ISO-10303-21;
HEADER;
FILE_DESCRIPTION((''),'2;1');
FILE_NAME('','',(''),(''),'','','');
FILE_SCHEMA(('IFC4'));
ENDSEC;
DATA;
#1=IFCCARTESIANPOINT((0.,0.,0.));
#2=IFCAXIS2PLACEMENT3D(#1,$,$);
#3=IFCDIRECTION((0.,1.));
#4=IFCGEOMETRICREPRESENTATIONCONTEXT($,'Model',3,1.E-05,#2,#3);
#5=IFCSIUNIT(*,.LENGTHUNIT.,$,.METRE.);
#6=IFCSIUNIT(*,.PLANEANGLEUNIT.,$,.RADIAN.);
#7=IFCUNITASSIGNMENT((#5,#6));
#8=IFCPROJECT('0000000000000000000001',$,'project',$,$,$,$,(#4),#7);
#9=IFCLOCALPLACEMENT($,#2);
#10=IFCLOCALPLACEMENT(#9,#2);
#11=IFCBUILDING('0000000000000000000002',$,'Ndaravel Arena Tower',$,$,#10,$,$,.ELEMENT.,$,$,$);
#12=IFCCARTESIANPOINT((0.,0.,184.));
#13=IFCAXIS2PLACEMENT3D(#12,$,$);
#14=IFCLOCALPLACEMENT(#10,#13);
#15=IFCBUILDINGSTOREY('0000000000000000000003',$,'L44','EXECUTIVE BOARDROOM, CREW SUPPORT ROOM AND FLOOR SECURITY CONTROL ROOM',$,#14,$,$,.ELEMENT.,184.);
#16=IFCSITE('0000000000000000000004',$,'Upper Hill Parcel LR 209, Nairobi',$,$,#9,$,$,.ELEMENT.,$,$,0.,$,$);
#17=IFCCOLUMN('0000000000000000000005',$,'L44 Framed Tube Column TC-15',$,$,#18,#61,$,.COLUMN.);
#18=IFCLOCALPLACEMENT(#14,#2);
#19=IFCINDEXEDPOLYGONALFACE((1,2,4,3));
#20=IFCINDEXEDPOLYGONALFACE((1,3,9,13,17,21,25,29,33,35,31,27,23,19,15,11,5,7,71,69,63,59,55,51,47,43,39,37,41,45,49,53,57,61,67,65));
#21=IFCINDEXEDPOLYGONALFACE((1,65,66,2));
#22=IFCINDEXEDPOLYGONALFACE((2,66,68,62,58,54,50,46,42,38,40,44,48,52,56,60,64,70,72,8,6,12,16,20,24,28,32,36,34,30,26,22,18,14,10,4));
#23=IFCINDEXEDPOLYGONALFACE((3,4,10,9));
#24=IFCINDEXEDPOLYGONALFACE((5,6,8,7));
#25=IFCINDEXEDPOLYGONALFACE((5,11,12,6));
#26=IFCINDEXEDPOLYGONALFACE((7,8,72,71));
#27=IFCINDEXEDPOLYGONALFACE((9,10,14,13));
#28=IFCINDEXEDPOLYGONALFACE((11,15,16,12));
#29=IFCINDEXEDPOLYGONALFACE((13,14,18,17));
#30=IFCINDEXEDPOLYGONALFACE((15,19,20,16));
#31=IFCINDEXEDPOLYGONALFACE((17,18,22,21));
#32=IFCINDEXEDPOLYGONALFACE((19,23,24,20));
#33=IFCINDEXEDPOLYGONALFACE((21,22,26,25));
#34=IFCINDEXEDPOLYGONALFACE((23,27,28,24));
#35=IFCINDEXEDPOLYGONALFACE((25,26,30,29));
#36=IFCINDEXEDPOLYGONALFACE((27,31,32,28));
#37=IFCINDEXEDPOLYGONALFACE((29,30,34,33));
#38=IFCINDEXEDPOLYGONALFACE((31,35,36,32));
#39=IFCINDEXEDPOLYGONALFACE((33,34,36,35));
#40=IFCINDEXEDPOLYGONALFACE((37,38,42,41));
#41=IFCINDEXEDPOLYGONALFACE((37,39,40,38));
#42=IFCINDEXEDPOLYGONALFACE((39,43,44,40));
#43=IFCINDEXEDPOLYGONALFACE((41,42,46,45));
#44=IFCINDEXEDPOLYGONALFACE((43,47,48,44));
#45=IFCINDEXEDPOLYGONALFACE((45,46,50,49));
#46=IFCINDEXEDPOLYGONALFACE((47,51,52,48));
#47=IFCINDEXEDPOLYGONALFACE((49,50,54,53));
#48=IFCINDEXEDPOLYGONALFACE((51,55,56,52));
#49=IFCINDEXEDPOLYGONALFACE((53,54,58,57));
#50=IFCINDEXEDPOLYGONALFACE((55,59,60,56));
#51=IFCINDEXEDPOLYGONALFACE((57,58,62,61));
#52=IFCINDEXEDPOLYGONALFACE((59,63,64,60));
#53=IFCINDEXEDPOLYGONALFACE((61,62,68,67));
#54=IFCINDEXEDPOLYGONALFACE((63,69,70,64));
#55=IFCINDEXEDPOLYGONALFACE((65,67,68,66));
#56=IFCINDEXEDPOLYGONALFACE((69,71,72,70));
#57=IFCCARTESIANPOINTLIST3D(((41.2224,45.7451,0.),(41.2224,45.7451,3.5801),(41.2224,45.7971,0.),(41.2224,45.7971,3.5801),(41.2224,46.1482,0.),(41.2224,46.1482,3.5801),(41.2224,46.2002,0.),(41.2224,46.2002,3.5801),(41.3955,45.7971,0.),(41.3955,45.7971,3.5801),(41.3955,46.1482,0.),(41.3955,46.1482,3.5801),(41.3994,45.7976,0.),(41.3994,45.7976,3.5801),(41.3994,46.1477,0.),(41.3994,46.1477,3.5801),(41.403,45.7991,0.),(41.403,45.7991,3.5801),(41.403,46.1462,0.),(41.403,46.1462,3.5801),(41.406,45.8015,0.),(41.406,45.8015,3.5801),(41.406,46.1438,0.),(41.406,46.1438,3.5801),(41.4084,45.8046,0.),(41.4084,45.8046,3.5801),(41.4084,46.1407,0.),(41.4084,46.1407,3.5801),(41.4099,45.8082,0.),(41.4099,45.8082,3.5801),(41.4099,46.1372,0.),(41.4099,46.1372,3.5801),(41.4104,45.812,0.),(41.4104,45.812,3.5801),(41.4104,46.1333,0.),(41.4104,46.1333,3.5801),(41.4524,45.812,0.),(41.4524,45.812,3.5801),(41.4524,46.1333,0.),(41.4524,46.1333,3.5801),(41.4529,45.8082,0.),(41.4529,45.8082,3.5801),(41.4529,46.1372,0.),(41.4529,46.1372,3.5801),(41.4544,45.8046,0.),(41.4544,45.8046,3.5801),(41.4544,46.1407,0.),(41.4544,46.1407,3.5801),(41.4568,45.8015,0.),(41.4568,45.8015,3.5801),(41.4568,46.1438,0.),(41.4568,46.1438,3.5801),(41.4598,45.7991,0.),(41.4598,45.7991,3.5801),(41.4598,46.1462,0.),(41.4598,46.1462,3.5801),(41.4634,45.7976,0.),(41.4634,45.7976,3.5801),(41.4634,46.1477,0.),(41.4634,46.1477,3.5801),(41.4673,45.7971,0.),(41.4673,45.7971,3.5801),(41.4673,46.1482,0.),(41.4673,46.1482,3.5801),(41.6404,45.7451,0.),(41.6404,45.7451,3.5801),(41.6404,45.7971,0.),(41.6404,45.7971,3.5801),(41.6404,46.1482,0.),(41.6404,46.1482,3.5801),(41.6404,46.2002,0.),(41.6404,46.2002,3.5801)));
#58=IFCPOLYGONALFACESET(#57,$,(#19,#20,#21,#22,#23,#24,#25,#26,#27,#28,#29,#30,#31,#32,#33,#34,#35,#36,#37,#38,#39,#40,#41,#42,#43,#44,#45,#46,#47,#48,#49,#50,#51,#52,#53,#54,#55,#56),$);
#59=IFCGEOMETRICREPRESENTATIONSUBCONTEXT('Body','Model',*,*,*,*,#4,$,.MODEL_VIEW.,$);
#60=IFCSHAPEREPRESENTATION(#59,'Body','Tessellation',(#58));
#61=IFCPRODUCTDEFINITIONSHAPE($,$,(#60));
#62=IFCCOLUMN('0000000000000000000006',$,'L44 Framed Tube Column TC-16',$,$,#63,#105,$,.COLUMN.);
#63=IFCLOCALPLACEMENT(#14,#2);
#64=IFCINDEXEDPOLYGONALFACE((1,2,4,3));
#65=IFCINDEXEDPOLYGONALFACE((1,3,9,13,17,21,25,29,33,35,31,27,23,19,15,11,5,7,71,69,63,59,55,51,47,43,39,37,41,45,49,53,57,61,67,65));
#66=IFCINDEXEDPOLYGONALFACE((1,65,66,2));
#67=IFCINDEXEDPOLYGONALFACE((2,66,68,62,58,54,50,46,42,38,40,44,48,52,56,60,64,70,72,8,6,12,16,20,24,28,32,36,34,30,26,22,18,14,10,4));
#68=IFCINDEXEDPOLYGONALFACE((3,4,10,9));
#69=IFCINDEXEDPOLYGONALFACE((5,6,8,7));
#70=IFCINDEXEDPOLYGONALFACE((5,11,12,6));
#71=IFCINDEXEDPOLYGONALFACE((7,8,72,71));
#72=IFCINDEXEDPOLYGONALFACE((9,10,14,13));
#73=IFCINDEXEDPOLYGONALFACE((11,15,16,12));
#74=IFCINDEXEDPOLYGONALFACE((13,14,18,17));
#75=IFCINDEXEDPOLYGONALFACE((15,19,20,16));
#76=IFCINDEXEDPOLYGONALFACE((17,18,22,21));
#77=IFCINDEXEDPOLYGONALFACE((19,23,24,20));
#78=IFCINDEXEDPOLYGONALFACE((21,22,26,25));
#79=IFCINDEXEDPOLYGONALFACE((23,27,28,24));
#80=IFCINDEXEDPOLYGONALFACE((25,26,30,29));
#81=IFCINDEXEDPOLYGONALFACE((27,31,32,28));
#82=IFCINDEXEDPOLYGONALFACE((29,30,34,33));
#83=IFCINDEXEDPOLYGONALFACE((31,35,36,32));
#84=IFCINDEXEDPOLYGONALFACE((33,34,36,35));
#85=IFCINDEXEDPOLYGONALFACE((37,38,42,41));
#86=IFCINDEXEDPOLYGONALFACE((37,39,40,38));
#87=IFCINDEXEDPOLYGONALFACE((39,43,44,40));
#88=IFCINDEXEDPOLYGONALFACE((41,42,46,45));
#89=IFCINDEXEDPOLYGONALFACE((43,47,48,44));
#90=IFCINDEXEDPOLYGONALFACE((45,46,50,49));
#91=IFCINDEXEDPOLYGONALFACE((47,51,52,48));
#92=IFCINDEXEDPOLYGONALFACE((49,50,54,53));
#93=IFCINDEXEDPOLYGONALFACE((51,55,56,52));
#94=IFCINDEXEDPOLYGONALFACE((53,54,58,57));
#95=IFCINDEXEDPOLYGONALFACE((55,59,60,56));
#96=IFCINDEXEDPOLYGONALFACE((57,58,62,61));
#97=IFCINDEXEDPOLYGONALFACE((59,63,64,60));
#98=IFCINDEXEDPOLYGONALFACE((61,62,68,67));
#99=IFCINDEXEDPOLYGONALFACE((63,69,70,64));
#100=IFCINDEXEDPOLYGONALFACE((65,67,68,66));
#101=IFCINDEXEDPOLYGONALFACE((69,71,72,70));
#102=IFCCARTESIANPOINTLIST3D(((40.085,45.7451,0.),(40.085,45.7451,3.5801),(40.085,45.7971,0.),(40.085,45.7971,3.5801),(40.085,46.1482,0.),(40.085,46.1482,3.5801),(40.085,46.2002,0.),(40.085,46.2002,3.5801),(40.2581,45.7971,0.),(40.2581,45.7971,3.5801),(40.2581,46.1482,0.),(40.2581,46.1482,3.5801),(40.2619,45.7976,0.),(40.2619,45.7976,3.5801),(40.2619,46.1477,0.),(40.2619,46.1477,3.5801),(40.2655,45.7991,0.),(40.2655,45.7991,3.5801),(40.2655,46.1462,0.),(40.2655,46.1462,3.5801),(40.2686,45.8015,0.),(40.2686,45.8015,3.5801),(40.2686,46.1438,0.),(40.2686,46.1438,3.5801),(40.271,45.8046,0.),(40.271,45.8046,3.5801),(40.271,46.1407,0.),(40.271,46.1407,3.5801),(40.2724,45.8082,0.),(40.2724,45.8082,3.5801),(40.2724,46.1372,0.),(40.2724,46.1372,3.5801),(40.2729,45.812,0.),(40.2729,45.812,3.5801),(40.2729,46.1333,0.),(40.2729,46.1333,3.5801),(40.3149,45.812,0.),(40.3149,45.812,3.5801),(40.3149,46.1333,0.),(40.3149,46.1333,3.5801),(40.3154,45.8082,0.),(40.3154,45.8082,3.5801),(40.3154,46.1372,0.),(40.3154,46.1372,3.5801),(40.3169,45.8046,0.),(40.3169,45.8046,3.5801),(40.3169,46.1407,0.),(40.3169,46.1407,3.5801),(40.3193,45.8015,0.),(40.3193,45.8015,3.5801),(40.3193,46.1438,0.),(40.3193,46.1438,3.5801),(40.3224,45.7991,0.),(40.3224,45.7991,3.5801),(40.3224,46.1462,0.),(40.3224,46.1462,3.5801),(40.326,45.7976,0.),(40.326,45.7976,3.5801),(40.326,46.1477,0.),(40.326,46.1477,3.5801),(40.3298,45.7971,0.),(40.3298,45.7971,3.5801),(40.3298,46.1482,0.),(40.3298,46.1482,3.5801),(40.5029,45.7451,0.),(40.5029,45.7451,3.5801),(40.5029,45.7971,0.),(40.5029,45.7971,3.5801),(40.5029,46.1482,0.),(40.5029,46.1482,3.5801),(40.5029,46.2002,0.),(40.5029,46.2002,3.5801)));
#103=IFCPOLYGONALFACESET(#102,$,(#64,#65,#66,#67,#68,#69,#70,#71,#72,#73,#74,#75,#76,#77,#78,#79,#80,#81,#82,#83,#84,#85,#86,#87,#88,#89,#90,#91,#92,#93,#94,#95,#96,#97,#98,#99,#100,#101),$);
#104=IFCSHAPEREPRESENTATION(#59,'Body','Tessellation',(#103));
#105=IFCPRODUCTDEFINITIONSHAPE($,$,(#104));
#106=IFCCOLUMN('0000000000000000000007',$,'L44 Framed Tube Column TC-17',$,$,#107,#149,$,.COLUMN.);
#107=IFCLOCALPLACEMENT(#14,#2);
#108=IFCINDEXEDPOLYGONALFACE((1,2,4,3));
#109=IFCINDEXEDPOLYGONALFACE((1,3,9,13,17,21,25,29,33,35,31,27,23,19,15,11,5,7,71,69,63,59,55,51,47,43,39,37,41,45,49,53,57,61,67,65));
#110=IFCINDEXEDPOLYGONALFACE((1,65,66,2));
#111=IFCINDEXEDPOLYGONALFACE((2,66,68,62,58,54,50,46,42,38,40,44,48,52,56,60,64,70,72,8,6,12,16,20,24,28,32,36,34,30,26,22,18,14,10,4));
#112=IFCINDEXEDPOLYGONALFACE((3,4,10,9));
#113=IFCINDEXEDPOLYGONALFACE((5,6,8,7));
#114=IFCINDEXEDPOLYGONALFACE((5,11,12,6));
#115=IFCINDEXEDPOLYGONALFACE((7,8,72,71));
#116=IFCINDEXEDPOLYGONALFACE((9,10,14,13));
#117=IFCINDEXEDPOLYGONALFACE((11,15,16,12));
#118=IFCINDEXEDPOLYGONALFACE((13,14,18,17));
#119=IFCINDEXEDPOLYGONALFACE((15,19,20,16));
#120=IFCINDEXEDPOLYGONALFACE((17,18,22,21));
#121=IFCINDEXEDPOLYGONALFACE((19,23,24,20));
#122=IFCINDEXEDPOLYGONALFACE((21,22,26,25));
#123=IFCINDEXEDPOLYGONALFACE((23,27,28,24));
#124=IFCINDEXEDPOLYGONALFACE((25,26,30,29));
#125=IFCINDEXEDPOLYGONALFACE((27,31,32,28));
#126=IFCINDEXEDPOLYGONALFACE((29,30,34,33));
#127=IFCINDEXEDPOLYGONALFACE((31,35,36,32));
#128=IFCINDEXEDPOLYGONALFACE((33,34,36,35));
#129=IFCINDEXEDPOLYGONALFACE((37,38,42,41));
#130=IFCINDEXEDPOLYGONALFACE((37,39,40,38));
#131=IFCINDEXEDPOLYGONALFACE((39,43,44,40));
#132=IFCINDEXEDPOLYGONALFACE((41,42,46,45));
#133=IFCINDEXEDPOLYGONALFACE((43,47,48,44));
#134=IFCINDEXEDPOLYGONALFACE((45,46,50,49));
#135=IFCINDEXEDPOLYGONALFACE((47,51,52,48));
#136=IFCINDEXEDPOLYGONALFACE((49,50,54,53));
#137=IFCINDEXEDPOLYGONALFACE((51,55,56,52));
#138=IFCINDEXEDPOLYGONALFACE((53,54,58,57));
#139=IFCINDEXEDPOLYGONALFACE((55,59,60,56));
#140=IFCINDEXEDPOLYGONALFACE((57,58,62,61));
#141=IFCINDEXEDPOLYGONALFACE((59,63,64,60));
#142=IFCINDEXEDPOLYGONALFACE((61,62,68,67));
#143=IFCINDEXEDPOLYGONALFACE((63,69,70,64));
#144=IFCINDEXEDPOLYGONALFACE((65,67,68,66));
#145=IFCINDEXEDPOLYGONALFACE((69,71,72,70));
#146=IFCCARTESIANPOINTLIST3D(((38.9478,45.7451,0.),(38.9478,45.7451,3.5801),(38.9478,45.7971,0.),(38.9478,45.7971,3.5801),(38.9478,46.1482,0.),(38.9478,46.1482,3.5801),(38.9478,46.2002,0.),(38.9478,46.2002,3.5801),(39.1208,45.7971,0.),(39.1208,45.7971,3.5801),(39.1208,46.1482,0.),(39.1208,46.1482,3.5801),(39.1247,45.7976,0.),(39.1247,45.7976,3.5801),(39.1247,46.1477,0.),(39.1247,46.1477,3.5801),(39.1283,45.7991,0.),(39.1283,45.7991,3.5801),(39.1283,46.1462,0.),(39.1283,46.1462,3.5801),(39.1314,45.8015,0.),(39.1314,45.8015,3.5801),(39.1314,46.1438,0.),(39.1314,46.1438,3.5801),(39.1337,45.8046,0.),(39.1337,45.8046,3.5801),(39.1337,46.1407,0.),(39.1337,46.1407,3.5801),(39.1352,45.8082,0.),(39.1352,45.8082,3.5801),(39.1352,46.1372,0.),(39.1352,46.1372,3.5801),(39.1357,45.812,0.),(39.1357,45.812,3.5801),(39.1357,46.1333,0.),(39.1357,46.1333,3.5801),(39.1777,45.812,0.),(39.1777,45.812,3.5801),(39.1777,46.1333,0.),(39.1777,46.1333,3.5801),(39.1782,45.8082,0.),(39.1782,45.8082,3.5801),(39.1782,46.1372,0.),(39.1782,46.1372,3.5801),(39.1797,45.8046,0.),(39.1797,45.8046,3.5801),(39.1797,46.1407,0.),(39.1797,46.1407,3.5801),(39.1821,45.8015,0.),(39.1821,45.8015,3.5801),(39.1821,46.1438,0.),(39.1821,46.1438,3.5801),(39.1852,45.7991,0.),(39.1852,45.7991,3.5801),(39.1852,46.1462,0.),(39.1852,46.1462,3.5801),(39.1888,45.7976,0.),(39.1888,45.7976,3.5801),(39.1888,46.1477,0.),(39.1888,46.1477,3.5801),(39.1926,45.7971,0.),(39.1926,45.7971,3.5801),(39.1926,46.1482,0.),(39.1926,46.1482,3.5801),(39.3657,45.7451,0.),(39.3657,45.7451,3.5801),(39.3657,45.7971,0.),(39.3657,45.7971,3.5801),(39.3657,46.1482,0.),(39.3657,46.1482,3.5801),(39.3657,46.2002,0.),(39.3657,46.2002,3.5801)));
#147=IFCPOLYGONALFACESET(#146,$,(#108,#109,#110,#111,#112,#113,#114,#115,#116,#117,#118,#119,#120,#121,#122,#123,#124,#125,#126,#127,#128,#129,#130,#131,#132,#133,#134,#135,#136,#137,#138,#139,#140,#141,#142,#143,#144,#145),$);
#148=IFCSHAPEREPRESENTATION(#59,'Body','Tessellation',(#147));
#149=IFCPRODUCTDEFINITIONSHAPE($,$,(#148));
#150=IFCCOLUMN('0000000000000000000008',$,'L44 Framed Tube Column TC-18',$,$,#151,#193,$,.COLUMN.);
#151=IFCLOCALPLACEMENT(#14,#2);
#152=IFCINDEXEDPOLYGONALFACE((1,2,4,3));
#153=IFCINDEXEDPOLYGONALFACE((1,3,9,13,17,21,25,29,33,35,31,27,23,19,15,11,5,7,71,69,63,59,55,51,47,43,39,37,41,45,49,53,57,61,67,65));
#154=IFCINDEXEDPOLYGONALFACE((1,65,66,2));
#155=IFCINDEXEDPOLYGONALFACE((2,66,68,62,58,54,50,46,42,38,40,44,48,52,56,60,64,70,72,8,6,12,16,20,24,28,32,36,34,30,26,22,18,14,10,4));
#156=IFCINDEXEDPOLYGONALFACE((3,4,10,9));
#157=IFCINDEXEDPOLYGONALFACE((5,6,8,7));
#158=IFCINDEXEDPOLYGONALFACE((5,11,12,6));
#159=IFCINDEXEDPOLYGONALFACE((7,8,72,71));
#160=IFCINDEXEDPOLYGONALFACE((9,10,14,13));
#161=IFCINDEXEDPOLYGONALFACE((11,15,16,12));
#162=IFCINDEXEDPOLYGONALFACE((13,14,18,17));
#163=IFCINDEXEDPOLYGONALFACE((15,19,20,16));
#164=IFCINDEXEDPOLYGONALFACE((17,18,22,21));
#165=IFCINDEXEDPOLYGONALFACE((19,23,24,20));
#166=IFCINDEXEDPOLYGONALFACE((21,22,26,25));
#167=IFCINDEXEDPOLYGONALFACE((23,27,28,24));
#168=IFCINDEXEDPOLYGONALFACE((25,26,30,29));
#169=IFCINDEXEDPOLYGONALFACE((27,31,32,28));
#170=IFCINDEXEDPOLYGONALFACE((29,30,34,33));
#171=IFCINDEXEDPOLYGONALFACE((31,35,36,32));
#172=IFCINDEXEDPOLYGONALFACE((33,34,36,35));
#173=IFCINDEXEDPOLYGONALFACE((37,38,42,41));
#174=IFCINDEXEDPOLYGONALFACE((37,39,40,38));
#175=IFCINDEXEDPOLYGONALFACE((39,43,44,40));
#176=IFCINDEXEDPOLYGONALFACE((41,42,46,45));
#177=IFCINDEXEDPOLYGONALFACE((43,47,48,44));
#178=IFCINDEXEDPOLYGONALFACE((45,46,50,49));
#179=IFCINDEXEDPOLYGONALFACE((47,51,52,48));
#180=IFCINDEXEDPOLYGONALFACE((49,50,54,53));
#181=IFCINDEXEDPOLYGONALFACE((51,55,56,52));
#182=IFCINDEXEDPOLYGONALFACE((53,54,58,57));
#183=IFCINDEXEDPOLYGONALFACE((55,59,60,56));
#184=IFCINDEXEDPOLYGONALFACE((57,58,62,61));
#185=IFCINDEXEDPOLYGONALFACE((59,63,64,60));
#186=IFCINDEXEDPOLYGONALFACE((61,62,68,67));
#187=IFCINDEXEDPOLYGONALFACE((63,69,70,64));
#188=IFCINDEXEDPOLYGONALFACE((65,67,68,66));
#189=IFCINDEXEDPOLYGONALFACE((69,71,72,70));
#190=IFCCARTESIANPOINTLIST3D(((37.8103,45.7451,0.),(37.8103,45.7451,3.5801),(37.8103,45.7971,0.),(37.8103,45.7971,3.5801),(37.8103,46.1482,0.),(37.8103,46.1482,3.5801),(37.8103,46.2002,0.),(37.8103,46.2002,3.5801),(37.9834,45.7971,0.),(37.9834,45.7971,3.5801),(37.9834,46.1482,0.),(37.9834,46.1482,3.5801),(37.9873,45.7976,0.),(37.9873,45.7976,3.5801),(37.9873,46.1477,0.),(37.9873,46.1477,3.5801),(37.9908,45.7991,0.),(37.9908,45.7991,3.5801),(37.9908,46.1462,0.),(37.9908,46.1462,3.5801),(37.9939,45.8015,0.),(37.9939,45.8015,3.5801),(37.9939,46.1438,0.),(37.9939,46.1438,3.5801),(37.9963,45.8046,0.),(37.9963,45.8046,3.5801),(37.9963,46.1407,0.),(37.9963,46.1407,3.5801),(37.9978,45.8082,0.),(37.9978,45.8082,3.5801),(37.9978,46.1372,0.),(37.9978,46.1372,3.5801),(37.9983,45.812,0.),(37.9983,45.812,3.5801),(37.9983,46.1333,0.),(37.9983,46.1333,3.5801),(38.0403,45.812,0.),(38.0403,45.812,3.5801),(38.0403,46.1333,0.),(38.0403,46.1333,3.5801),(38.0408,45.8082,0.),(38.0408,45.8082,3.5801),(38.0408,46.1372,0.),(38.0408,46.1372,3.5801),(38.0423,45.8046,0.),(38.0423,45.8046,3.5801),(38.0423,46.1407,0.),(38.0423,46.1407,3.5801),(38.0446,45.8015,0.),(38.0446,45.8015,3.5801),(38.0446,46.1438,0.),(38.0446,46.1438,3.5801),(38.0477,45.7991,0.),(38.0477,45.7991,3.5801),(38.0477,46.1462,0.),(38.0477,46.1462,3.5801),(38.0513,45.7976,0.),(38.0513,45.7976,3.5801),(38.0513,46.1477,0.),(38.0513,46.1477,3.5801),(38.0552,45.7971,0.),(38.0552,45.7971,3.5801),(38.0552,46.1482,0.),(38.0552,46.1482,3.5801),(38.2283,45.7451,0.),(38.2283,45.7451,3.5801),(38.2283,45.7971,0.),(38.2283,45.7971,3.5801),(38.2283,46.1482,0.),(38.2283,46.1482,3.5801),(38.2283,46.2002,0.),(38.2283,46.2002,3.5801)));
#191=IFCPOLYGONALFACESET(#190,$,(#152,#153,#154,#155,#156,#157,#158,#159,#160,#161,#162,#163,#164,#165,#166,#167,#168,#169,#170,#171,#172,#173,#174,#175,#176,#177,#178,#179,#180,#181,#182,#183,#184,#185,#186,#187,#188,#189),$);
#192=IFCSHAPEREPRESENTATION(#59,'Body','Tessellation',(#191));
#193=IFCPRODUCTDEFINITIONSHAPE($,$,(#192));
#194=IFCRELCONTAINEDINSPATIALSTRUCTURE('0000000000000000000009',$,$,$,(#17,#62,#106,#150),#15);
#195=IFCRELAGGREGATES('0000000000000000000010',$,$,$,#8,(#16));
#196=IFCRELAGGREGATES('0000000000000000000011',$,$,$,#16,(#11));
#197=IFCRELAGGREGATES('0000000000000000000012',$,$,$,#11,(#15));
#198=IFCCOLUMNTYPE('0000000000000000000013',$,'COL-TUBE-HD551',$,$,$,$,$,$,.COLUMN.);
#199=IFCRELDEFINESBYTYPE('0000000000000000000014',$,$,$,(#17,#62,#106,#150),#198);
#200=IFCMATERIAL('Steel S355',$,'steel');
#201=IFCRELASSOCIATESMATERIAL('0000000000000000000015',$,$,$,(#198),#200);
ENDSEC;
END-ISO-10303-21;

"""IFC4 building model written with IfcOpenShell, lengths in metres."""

from ifc_helpers import new_model, si_unit, direction, frame, origin, origin_2d, place, context, subcontext, project, spatial, i_section, extrude, material, material_profile, profile_set, type_object, element, save


model = new_model("IFC4")

# Units and contexts
model_context = context("Model", 3, precision=1e-05, world=origin(), true_north=direction((0.0, 1.0)))
body_context = subcontext(model_context, "Body", "Model", "MODEL_VIEW")
ifc_project = project(units=[si_unit("LENGTHUNIT", "METRE"), si_unit("PLANEANGLEUNIT", "RADIAN")], contexts=[model_context])

# Site, building, storey
site_placement = place(None, origin())
site = spatial("IfcSite", under=ifc_project, at=site_placement, Name="Upper Hill Parcel LR 209, Nairobi", CompositionType="ELEMENT", RefElevation=0.0)
building_placement = place(site_placement, origin())
building = spatial("IfcBuilding", under=site, at=building_placement, Name="Ndaravel Arena Tower", CompositionType="ELEMENT")
storey_placement = place(building_placement, frame((0.0, 0.0, 184.0)))
storey = spatial("IfcBuildingStorey", under=building, at=storey_placement, Name="L44", Description="EXECUTIVE BOARDROOM, CREW SUPPORT ROOM AND FLOOR SECURITY CONTROL ROOM", CompositionType="ELEMENT", Elevation=184.0)

# Columns
ifc_material_1 = material(Name="Steel S355", Category="steel")
ifc_material_profile_1 = material_profile(ifc_material_1, i_section(OverallWidth=0.418, OverallDepth=0.4551, WebThickness=0.042, FlangeThickness=0.052, FilletRadius=0.0149, at=origin_2d()), Name="HD 400x551")
ifc_profile_set_1 = profile_set([ifc_material_profile_1], Name="Steel S355")
column_type = type_object("IfcColumnType", Name="COL-TUBE-HD551", PredefinedType="COLUMN", material=ifc_profile_set_1)
for number, where, z_axis, x_axis, name in (
    (1, (41.4314, 45.9727, 0.0), (0.0, 0.0, 1.0), (1.0, 0.0, 0.0), "L44 Framed Tube Column TC-15"),
    (2, (40.2939, 45.9727, 0.0), (0.0, 0.0, 1.0), (1.0, 0.0, 0.0), "L44 Framed Tube Column TC-16"),
    (3, (39.1567, 45.9727, 0.0), (0.0, 0.0, 1.0), (1.0, 0.0, 0.0), "L44 Framed Tube Column TC-17"),
    (4, (38.0193, 45.9727, 0.0), (0.0, 0.0, 1.0), (1.0, 0.0, 0.0), "L44 Framed Tube Column TC-18"),
):
    element("IfcColumn", number, at=place(storey_placement, frame(where, z_axis=z_axis, x_axis=x_axis)), inside=storey, type_object=column_type, Name=name, PredefinedType="COLUMN", context=body_context, shape_type="SweptSolid", body=[
        extrude(i_section(OverallWidth=0.418, OverallDepth=0.4551, WebThickness=0.042, FlangeThickness=0.052, FilletRadius=0.0149, at=origin_2d()), origin(), (0.0, 0.0, 1.0), 3.5801),
    ])

save(model, "model.ifc")
